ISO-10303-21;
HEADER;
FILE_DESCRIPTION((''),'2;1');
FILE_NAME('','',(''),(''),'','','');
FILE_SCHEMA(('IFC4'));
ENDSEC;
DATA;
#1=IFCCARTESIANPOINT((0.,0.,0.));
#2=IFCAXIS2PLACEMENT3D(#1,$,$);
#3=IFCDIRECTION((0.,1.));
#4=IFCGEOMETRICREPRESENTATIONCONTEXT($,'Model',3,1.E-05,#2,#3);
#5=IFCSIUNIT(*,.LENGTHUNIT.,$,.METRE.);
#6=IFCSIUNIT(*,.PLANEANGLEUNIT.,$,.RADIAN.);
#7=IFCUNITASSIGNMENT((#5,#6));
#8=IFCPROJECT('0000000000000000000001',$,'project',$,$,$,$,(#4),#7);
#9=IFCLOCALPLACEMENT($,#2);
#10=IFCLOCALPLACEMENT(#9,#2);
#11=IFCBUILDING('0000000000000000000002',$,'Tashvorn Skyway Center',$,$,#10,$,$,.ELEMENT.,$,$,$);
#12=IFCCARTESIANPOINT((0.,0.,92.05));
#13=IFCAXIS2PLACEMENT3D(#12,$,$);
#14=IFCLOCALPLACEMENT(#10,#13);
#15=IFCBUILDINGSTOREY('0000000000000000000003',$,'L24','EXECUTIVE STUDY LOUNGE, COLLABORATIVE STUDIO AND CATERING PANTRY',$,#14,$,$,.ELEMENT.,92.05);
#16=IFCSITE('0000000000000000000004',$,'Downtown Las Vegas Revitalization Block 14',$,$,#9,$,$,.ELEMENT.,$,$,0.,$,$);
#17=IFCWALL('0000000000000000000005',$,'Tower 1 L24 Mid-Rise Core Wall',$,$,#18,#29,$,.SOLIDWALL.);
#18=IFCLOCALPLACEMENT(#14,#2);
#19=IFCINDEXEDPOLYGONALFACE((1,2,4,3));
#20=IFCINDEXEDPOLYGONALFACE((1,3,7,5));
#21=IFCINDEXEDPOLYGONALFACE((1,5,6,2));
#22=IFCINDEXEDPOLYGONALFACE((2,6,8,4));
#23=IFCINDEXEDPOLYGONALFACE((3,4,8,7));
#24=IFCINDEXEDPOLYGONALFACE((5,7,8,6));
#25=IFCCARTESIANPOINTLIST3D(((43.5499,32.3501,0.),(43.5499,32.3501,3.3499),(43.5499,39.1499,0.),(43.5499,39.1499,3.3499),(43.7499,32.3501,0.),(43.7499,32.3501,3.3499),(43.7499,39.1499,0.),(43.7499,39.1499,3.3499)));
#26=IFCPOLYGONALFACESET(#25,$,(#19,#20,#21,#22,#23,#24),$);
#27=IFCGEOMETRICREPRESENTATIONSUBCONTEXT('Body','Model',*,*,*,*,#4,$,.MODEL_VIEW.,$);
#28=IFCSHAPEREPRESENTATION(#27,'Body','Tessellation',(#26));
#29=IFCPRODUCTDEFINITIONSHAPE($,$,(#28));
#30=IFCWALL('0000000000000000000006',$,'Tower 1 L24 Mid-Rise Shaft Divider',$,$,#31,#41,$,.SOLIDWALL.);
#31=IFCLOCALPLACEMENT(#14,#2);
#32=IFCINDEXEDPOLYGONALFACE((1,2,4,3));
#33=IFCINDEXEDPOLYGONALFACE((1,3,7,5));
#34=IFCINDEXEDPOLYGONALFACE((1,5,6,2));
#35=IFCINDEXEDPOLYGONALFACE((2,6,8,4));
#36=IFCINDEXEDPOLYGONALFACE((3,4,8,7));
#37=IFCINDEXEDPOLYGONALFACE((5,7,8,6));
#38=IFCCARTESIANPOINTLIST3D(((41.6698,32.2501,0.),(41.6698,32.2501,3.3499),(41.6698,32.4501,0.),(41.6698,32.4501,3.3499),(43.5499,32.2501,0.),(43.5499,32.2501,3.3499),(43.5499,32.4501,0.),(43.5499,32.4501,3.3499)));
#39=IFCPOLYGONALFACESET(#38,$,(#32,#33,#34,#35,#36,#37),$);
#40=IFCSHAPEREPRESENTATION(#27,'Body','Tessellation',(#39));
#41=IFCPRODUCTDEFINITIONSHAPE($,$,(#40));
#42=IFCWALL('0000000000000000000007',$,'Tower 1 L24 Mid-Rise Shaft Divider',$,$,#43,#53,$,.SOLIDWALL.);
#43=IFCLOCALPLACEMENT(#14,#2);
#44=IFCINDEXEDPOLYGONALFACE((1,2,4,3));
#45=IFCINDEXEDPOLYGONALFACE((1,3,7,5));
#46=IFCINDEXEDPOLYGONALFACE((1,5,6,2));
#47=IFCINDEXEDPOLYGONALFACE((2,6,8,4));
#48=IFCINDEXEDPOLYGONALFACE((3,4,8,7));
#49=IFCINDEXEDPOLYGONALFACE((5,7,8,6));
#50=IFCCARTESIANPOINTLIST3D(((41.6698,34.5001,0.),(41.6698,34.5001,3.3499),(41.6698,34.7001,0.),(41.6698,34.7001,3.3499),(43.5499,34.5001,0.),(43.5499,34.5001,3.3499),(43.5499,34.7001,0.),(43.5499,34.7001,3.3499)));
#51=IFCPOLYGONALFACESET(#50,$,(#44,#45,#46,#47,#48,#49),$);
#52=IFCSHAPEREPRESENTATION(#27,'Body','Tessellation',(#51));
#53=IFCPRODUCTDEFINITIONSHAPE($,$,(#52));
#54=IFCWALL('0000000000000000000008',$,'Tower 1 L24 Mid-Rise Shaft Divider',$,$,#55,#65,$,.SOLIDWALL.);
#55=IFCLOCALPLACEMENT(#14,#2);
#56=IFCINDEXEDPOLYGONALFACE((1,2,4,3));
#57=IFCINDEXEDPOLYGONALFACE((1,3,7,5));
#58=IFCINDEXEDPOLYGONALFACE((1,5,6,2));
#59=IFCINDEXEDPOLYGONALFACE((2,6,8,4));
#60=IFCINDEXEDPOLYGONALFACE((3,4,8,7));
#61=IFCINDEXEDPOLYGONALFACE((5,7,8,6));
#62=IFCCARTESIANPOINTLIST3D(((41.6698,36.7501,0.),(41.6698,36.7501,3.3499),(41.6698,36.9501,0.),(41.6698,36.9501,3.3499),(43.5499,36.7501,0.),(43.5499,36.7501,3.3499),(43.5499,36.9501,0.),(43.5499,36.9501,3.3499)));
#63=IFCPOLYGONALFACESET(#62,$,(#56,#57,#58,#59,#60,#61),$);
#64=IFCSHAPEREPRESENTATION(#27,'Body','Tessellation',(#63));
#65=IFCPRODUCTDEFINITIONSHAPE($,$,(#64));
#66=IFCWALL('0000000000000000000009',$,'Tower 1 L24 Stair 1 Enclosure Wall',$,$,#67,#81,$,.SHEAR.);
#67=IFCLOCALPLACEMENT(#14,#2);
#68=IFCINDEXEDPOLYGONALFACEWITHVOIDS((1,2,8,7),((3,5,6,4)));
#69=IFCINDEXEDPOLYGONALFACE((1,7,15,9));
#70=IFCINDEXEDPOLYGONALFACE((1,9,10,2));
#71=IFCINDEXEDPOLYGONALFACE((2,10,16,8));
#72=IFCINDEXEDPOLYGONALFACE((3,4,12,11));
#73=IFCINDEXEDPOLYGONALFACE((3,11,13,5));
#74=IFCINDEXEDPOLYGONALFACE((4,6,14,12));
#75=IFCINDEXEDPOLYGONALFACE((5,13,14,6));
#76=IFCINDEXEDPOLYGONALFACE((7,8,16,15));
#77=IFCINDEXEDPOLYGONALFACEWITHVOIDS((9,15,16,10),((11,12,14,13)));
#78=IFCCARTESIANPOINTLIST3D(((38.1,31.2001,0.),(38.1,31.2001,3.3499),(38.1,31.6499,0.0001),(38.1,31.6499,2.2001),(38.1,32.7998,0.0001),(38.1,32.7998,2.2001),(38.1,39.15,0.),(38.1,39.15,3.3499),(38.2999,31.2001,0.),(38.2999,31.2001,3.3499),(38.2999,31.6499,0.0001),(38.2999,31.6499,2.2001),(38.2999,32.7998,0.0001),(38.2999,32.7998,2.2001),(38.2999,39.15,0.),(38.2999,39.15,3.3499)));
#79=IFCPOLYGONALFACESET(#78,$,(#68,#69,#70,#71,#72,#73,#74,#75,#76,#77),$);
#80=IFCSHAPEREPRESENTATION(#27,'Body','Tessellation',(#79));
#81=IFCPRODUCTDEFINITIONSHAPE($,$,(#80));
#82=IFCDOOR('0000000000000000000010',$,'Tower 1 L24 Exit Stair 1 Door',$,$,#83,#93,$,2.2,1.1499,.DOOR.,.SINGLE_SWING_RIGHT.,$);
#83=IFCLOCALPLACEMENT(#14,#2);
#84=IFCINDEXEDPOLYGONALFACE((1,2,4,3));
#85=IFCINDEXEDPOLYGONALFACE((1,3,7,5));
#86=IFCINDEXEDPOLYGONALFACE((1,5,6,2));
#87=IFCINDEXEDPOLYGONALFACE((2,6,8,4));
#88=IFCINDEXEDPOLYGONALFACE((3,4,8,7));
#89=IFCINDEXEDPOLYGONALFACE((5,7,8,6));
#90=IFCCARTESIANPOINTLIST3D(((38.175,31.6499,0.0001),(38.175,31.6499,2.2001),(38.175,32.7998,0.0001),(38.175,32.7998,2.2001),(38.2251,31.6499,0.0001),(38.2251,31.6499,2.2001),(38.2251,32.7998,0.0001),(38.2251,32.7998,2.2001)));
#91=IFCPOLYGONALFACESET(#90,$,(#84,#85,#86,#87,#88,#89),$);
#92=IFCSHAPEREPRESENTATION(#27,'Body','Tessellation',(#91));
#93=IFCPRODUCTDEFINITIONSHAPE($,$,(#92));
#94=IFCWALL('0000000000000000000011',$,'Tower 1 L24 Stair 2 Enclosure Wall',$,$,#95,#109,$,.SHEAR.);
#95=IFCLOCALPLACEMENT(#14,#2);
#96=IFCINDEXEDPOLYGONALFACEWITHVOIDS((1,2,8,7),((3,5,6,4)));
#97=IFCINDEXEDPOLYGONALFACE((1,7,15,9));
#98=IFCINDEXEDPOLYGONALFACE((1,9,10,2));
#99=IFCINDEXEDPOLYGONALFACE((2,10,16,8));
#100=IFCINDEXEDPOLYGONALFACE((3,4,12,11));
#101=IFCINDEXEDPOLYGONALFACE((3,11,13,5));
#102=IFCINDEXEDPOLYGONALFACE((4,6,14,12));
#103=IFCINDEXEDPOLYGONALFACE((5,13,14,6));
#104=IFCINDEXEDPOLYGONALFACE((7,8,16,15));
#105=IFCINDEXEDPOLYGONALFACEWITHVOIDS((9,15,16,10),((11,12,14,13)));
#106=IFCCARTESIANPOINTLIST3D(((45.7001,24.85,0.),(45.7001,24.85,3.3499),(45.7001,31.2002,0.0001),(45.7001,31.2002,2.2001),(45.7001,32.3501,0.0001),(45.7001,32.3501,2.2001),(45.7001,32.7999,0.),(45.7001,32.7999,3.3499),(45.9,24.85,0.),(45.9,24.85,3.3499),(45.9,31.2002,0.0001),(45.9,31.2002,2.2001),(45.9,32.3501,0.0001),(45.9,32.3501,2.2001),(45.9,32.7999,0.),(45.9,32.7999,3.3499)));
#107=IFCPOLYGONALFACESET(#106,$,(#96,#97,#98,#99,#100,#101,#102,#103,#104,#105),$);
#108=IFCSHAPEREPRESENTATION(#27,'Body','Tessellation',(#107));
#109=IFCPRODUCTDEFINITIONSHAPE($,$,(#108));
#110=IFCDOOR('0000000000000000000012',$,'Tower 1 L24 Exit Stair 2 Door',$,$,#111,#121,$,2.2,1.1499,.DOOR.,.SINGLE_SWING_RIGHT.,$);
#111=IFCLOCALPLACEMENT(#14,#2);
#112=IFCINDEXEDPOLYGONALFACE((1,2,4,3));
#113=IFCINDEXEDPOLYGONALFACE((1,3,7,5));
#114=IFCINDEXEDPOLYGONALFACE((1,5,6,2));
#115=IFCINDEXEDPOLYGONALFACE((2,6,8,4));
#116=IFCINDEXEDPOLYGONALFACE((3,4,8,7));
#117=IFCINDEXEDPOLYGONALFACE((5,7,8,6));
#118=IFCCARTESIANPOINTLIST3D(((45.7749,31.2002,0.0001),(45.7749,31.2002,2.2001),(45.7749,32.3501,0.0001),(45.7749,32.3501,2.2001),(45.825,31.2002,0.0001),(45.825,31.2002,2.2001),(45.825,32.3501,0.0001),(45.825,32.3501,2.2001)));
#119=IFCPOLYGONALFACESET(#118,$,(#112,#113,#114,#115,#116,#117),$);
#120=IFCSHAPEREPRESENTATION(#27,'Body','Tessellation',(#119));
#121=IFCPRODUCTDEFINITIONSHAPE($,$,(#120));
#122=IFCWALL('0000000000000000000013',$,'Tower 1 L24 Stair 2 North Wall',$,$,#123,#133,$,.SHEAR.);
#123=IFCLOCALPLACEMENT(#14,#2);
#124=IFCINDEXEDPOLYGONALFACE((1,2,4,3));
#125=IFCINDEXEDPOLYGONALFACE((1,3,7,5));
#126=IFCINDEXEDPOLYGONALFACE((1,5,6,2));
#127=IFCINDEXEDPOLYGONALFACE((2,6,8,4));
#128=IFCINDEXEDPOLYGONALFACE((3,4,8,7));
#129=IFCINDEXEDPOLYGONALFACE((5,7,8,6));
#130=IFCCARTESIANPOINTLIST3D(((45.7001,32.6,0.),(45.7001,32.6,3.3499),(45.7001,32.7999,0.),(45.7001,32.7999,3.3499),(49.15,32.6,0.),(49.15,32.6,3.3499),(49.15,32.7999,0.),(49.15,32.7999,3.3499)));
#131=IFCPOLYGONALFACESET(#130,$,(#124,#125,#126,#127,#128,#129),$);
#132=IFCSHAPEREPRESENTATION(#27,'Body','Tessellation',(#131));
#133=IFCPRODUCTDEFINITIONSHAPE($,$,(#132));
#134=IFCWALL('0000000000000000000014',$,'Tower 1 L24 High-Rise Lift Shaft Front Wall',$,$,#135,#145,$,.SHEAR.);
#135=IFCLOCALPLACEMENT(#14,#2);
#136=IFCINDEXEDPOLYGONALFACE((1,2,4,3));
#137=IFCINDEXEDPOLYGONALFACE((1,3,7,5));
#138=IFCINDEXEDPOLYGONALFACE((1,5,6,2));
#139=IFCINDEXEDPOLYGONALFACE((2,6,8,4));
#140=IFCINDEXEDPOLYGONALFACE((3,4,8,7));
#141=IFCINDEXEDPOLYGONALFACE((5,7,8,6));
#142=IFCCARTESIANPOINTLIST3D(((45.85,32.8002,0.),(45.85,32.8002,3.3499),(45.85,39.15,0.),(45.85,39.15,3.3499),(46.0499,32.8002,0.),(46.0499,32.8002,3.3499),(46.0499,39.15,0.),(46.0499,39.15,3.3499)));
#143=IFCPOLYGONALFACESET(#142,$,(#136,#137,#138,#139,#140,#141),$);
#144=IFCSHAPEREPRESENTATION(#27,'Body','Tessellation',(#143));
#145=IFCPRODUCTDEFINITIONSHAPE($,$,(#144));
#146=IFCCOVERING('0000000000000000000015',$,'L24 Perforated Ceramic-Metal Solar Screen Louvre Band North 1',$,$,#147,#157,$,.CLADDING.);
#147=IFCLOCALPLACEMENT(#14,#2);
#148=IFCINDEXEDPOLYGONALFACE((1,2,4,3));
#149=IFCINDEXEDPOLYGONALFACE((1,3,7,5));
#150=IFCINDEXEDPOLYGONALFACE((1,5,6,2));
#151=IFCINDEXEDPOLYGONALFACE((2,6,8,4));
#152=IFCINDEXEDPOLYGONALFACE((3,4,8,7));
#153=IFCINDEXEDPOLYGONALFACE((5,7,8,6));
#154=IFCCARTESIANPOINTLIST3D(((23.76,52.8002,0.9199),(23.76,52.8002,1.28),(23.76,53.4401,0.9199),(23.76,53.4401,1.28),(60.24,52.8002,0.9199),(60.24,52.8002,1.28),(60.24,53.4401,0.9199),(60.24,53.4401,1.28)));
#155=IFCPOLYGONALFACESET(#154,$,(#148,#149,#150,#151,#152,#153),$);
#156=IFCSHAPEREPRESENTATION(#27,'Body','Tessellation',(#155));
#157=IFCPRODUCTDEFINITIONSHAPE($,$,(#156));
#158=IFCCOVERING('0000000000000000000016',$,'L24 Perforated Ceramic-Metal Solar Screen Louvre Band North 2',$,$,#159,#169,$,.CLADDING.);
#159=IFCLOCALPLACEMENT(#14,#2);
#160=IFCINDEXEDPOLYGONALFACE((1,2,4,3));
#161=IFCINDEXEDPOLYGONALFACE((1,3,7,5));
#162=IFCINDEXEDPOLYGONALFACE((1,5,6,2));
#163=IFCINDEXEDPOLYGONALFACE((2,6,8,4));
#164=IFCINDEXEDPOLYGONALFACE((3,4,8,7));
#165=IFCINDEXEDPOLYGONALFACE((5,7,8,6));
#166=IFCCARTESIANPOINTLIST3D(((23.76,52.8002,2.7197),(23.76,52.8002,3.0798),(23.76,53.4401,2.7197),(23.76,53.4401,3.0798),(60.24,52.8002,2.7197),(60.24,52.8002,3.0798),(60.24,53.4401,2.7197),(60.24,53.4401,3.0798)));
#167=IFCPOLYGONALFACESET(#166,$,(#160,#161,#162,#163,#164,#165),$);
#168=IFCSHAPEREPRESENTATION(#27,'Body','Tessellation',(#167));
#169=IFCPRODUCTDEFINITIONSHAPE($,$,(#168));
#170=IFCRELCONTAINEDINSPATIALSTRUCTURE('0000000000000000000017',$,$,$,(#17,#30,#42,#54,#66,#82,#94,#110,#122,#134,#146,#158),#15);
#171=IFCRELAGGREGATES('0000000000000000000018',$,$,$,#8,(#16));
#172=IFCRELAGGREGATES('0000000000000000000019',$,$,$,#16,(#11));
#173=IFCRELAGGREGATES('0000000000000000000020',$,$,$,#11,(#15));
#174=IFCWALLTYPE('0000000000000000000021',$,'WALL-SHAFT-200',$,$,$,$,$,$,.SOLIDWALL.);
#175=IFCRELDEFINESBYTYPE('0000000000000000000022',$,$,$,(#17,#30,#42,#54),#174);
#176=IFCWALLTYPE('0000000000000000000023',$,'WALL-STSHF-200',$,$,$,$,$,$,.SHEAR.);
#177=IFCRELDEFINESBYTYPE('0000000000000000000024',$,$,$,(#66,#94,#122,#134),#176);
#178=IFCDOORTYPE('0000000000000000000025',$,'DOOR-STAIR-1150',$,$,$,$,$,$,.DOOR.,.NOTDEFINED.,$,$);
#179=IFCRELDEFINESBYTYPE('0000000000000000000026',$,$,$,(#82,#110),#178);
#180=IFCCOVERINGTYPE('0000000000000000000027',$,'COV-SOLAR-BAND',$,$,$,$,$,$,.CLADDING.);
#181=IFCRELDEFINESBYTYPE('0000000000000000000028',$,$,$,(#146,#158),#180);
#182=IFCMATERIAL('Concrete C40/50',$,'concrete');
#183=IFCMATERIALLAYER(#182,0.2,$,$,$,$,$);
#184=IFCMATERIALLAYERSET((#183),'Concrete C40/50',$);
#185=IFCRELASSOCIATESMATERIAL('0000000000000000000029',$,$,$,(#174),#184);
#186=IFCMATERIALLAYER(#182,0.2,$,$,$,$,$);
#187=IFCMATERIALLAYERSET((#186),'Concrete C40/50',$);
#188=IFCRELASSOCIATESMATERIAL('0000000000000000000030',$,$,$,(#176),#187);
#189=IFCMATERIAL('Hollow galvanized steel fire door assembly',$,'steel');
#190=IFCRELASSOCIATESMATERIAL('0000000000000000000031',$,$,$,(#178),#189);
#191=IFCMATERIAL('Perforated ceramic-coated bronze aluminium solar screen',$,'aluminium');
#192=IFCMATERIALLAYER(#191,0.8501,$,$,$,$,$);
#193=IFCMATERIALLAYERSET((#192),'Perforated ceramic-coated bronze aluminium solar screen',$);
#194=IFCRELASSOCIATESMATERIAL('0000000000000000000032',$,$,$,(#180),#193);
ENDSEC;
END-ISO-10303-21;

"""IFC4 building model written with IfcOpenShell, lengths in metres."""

from ifc_helpers import new_model, si_unit, direction, frame, frame_2d, origin, origin_2d, place, context, subcontext, project, spatial, rectangle, extrude, material, layer, layer_set, type_object, element, fill, save


model = new_model("IFC4")

# Units and contexts
model_context = context("Model", 3, precision=1e-05, world=origin(), true_north=direction((0.0, 1.0)))
body_context = subcontext(model_context, "Body", "Model", "MODEL_VIEW")
ifc_project = project(units=[si_unit("LENGTHUNIT", "METRE"), si_unit("PLANEANGLEUNIT", "RADIAN")], contexts=[model_context])

# Site, building, storey
site_placement = place(None, origin())
site = spatial("IfcSite", under=ifc_project, at=site_placement, Name="Downtown Las Vegas Revitalization Block 14", CompositionType="ELEMENT", RefElevation=0.0)
building_placement = place(site_placement, origin())
building = spatial("IfcBuilding", under=site, at=building_placement, Name="Tashvorn Skyway Center", CompositionType="ELEMENT")
storey_placement = place(building_placement, frame((0.0, 0.0, 92.05)))
storey = spatial("IfcBuildingStorey", under=building, at=storey_placement, Name="L24", Description="EXECUTIVE STUDY LOUNGE, COLLABORATIVE STUDIO AND CATERING PANTRY", CompositionType="ELEMENT", Elevation=92.05)

# Shared definitions
ifc_material_1 = material(Name="Concrete C40/50", Category="concrete")

# Shared definitions
ifc_material_2 = material(Name="Hollow galvanized steel fire door assembly", Category="steel")

# Walls
ifc_layer_1 = layer(ifc_material_1, 0.2)
ifc_layer_set_1 = layer_set([ifc_layer_1], Name="Concrete C40/50")
wall_type_1 = type_object("IfcWallType", Name="WALL-SHAFT-200", PredefinedType="SOLIDWALL", material=ifc_layer_set_1)
wall_1_placement = place(storey_placement, frame((43.6499, 32.3501, 0.0), z_axis=(0.0, 0.0, 1.0), x_axis=(0.0, 1.0, 0.0)))
element("IfcWall", 1, at=wall_1_placement, inside=storey, type_object=wall_type_1, Name="Tower 1 L24 Mid-Rise Core Wall", PredefinedType="SOLIDWALL", context=body_context, shape_type="SweptSolid", body=[
    extrude(rectangle(XDim=6.7998, YDim=0.2, at=frame_2d((3.3999, 0.0))), origin(), (0.0, 0.0, 1.0), 3.3499),
])
for number, where, z_axis, x_axis, name in (
    (2, (41.6699, 32.3501, 0.0), (0.0, 0.0, 1.0), (1.0, 0.0, 0.0), "Tower 1 L24 Mid-Rise Shaft Divider"),
    (3, (41.6699, 34.6001, 0.0), (0.0, 0.0, 1.0), (1.0, 0.0, 0.0), "Tower 1 L24 Mid-Rise Shaft Divider"),
    (4, (41.6699, 36.8501, 0.0), (0.0, 0.0, 1.0), (1.0, 0.0, 0.0), "Tower 1 L24 Mid-Rise Shaft Divider"),
):
    element("IfcWall", number, at=place(storey_placement, frame(where, z_axis=z_axis, x_axis=x_axis)), inside=storey, type_object=wall_type_1, Name=name, PredefinedType="SOLIDWALL", context=body_context, shape_type="SweptSolid", body=[
        extrude(rectangle(XDim=1.8801, YDim=0.2, at=frame_2d((0.9399, 0.0))), origin(), (0.0, 0.0, 1.0), 3.3499),
    ])

# Walls, openings, doors
ifc_layer_2 = layer(ifc_material_1, 0.2)
ifc_layer_set_2 = layer_set([ifc_layer_2], Name="Concrete C40/50")
wall_type_2 = type_object("IfcWallType", Name="WALL-STSHF-200", PredefinedType="SHEAR", material=ifc_layer_set_2)
wall_2_placement = place(storey_placement, frame((38.2, 31.2, 0.0), z_axis=(0.0, 0.0, 1.0), x_axis=(0.0, 1.0, 0.0)))
wall_2 = element("IfcWall", 5, at=wall_2_placement, inside=storey, type_object=wall_type_2, Name="Tower 1 L24 Stair 1 Enclosure Wall", PredefinedType="SHEAR", context=body_context, shape_type="SweptSolid", body=[
    extrude(rectangle(XDim=7.95, YDim=0.2, at=frame_2d((3.9751, 0.0))), origin(), (0.0, 0.0, 1.0), 3.3499),
])
opening_1_placement = place(wall_2_placement, frame((0.45, 0.0, 0.0)))
opening_1 = element("IfcOpeningElement", 6, at=opening_1_placement, cuts=wall_2, PredefinedType="OPENING", context=body_context, shape_type="SweptSolid", body=[
    extrude(rectangle(XDim=1.1499, YDim=2.2, at=frame_2d((0.575, 1.1001))), frame((0.0, 0.1099, 0.0), z_axis=(0.0, -1.0, 0.0), x_axis=(1.0, 0.0, 0.0)), (0.0, 0.0, 1.0), 0.22),
])
door_type_1 = type_object("IfcDoorType", Name="DOOR-STAIR-1150", OperationType="NOTDEFINED", PredefinedType="DOOR", material=ifc_material_2)
door_1_placement = place(opening_1_placement, origin())
door_1 = element("IfcDoor", 7, at=door_1_placement, inside=storey, type_object=door_type_1, Name="Tower 1 L24 Exit Stair 1 Door", OperationType="SINGLE_SWING_RIGHT", OverallHeight=2.2, OverallWidth=1.1499, PredefinedType="DOOR", context=body_context, shape_type="SweptSolid", body=[
    extrude(rectangle(XDim=1.1499, YDim=2.2, at=frame_2d((0.575, 1.1001))), frame((0.0, 0.0249, 0.0), z_axis=(0.0, -1.0, 0.0), x_axis=(1.0, 0.0, 0.0)), (0.0, 0.0, 1.0), 0.05),
])
fill(opening_1, door_1)
wall_3_placement = place(storey_placement, frame((45.8, 32.8, 0.0), z_axis=(0.0, 0.0, 1.0), x_axis=(0.0, -1.0, 0.0)))
wall_3 = element("IfcWall", 8, at=wall_3_placement, inside=storey, type_object=wall_type_2, Name="Tower 1 L24 Stair 2 Enclosure Wall", PredefinedType="SHEAR", context=body_context, shape_type="SweptSolid", body=[
    extrude(rectangle(XDim=7.95, YDim=0.2, at=frame_2d((3.9751, 0.0))), origin(), (0.0, 0.0, 1.0), 3.3499),
])
opening_2_placement = place(wall_3_placement, frame((0.45, 0.0, 0.0)))
opening_2 = element("IfcOpeningElement", 9, at=opening_2_placement, cuts=wall_3, PredefinedType="OPENING", context=body_context, shape_type="SweptSolid", body=[
    extrude(rectangle(XDim=1.1499, YDim=2.2, at=frame_2d((0.575, 1.1001))), frame((0.0, 0.1099, 0.0), z_axis=(0.0, -1.0, 0.0), x_axis=(1.0, 0.0, 0.0)), (0.0, 0.0, 1.0), 0.22),
])
door_2_placement = place(opening_2_placement, origin())
door_2 = element("IfcDoor", 10, at=door_2_placement, inside=storey, type_object=door_type_1, Name="Tower 1 L24 Exit Stair 2 Door", OperationType="SINGLE_SWING_RIGHT", OverallHeight=2.2, OverallWidth=1.1499, PredefinedType="DOOR", context=body_context, shape_type="SweptSolid", body=[
    extrude(rectangle(XDim=1.1499, YDim=2.2, at=frame_2d((0.575, 1.1001))), frame((0.0, 0.0249, 0.0), z_axis=(0.0, -1.0, 0.0), x_axis=(1.0, 0.0, 0.0)), (0.0, 0.0, 1.0), 0.05),
])
fill(opening_2, door_2)

# Walls
wall_4_placement = place(storey_placement, frame((45.7, 32.7, 0.0), z_axis=(0.0, 0.0, 1.0), x_axis=(1.0, 0.0, 0.0)))
element("IfcWall", 11, at=wall_4_placement, inside=storey, type_object=wall_type_2, Name="Tower 1 L24 Stair 2 North Wall", PredefinedType="SHEAR", context=body_context, shape_type="SweptSolid", body=[
    extrude(rectangle(XDim=3.45, YDim=0.2, at=frame_2d((1.7251, 0.0))), origin(), (0.0, 0.0, 1.0), 3.3499),
])
wall_5_placement = place(storey_placement, frame((45.95, 39.1499, 0.0), z_axis=(0.0, 0.0, 1.0), x_axis=(0.0, -1.0, 0.0)))
element("IfcWall", 12, at=wall_5_placement, inside=storey, type_object=wall_type_2, Name="Tower 1 L24 High-Rise Lift Shaft Front Wall", PredefinedType="SHEAR", context=body_context, shape_type="SweptSolid", body=[
    extrude(rectangle(XDim=6.3499, YDim=0.2, at=frame_2d((3.1748, 0.0))), origin(), (0.0, 0.0, 1.0), 3.3499),
])

# Coverings
ifc_material_3 = material(Name="Perforated ceramic-coated bronze aluminium solar screen", Category="aluminium")
ifc_layer_3 = layer(ifc_material_3, 0.8501)
ifc_layer_set_3 = layer_set([ifc_layer_3], Name="Perforated ceramic-coated bronze aluminium solar screen")
covering_type = type_object("IfcCoveringType", Name="COV-SOLAR-BAND", PredefinedType="CLADDING", material=ifc_layer_set_3)
for number, where, z_axis, x_axis, name in (
    (13, (42.0, 53.1201, 0.9199), (0.0, 0.0, 1.0), (1.0, 0.0, 0.0), "L24 Perforated Ceramic-Metal Solar Screen Louvre Band North 1"),
    (14, (42.0, 53.1201, 2.7197), (0.0, 0.0, 1.0), (1.0, 0.0, 0.0), "L24 Perforated Ceramic-Metal Solar Screen Louvre Band North 2"),
):
    element("IfcCovering", number, at=place(storey_placement, frame(where, z_axis=z_axis, x_axis=x_axis)), inside=storey, type_object=covering_type, Name=name, PredefinedType="CLADDING", context=body_context, shape_type="SweptSolid", body=[
        extrude(rectangle(XDim=36.48, YDim=0.6399, at=origin_2d()), origin(), (0.0, 0.0, 1.0), 0.3601),
    ])

save(model, "model.ifc")
